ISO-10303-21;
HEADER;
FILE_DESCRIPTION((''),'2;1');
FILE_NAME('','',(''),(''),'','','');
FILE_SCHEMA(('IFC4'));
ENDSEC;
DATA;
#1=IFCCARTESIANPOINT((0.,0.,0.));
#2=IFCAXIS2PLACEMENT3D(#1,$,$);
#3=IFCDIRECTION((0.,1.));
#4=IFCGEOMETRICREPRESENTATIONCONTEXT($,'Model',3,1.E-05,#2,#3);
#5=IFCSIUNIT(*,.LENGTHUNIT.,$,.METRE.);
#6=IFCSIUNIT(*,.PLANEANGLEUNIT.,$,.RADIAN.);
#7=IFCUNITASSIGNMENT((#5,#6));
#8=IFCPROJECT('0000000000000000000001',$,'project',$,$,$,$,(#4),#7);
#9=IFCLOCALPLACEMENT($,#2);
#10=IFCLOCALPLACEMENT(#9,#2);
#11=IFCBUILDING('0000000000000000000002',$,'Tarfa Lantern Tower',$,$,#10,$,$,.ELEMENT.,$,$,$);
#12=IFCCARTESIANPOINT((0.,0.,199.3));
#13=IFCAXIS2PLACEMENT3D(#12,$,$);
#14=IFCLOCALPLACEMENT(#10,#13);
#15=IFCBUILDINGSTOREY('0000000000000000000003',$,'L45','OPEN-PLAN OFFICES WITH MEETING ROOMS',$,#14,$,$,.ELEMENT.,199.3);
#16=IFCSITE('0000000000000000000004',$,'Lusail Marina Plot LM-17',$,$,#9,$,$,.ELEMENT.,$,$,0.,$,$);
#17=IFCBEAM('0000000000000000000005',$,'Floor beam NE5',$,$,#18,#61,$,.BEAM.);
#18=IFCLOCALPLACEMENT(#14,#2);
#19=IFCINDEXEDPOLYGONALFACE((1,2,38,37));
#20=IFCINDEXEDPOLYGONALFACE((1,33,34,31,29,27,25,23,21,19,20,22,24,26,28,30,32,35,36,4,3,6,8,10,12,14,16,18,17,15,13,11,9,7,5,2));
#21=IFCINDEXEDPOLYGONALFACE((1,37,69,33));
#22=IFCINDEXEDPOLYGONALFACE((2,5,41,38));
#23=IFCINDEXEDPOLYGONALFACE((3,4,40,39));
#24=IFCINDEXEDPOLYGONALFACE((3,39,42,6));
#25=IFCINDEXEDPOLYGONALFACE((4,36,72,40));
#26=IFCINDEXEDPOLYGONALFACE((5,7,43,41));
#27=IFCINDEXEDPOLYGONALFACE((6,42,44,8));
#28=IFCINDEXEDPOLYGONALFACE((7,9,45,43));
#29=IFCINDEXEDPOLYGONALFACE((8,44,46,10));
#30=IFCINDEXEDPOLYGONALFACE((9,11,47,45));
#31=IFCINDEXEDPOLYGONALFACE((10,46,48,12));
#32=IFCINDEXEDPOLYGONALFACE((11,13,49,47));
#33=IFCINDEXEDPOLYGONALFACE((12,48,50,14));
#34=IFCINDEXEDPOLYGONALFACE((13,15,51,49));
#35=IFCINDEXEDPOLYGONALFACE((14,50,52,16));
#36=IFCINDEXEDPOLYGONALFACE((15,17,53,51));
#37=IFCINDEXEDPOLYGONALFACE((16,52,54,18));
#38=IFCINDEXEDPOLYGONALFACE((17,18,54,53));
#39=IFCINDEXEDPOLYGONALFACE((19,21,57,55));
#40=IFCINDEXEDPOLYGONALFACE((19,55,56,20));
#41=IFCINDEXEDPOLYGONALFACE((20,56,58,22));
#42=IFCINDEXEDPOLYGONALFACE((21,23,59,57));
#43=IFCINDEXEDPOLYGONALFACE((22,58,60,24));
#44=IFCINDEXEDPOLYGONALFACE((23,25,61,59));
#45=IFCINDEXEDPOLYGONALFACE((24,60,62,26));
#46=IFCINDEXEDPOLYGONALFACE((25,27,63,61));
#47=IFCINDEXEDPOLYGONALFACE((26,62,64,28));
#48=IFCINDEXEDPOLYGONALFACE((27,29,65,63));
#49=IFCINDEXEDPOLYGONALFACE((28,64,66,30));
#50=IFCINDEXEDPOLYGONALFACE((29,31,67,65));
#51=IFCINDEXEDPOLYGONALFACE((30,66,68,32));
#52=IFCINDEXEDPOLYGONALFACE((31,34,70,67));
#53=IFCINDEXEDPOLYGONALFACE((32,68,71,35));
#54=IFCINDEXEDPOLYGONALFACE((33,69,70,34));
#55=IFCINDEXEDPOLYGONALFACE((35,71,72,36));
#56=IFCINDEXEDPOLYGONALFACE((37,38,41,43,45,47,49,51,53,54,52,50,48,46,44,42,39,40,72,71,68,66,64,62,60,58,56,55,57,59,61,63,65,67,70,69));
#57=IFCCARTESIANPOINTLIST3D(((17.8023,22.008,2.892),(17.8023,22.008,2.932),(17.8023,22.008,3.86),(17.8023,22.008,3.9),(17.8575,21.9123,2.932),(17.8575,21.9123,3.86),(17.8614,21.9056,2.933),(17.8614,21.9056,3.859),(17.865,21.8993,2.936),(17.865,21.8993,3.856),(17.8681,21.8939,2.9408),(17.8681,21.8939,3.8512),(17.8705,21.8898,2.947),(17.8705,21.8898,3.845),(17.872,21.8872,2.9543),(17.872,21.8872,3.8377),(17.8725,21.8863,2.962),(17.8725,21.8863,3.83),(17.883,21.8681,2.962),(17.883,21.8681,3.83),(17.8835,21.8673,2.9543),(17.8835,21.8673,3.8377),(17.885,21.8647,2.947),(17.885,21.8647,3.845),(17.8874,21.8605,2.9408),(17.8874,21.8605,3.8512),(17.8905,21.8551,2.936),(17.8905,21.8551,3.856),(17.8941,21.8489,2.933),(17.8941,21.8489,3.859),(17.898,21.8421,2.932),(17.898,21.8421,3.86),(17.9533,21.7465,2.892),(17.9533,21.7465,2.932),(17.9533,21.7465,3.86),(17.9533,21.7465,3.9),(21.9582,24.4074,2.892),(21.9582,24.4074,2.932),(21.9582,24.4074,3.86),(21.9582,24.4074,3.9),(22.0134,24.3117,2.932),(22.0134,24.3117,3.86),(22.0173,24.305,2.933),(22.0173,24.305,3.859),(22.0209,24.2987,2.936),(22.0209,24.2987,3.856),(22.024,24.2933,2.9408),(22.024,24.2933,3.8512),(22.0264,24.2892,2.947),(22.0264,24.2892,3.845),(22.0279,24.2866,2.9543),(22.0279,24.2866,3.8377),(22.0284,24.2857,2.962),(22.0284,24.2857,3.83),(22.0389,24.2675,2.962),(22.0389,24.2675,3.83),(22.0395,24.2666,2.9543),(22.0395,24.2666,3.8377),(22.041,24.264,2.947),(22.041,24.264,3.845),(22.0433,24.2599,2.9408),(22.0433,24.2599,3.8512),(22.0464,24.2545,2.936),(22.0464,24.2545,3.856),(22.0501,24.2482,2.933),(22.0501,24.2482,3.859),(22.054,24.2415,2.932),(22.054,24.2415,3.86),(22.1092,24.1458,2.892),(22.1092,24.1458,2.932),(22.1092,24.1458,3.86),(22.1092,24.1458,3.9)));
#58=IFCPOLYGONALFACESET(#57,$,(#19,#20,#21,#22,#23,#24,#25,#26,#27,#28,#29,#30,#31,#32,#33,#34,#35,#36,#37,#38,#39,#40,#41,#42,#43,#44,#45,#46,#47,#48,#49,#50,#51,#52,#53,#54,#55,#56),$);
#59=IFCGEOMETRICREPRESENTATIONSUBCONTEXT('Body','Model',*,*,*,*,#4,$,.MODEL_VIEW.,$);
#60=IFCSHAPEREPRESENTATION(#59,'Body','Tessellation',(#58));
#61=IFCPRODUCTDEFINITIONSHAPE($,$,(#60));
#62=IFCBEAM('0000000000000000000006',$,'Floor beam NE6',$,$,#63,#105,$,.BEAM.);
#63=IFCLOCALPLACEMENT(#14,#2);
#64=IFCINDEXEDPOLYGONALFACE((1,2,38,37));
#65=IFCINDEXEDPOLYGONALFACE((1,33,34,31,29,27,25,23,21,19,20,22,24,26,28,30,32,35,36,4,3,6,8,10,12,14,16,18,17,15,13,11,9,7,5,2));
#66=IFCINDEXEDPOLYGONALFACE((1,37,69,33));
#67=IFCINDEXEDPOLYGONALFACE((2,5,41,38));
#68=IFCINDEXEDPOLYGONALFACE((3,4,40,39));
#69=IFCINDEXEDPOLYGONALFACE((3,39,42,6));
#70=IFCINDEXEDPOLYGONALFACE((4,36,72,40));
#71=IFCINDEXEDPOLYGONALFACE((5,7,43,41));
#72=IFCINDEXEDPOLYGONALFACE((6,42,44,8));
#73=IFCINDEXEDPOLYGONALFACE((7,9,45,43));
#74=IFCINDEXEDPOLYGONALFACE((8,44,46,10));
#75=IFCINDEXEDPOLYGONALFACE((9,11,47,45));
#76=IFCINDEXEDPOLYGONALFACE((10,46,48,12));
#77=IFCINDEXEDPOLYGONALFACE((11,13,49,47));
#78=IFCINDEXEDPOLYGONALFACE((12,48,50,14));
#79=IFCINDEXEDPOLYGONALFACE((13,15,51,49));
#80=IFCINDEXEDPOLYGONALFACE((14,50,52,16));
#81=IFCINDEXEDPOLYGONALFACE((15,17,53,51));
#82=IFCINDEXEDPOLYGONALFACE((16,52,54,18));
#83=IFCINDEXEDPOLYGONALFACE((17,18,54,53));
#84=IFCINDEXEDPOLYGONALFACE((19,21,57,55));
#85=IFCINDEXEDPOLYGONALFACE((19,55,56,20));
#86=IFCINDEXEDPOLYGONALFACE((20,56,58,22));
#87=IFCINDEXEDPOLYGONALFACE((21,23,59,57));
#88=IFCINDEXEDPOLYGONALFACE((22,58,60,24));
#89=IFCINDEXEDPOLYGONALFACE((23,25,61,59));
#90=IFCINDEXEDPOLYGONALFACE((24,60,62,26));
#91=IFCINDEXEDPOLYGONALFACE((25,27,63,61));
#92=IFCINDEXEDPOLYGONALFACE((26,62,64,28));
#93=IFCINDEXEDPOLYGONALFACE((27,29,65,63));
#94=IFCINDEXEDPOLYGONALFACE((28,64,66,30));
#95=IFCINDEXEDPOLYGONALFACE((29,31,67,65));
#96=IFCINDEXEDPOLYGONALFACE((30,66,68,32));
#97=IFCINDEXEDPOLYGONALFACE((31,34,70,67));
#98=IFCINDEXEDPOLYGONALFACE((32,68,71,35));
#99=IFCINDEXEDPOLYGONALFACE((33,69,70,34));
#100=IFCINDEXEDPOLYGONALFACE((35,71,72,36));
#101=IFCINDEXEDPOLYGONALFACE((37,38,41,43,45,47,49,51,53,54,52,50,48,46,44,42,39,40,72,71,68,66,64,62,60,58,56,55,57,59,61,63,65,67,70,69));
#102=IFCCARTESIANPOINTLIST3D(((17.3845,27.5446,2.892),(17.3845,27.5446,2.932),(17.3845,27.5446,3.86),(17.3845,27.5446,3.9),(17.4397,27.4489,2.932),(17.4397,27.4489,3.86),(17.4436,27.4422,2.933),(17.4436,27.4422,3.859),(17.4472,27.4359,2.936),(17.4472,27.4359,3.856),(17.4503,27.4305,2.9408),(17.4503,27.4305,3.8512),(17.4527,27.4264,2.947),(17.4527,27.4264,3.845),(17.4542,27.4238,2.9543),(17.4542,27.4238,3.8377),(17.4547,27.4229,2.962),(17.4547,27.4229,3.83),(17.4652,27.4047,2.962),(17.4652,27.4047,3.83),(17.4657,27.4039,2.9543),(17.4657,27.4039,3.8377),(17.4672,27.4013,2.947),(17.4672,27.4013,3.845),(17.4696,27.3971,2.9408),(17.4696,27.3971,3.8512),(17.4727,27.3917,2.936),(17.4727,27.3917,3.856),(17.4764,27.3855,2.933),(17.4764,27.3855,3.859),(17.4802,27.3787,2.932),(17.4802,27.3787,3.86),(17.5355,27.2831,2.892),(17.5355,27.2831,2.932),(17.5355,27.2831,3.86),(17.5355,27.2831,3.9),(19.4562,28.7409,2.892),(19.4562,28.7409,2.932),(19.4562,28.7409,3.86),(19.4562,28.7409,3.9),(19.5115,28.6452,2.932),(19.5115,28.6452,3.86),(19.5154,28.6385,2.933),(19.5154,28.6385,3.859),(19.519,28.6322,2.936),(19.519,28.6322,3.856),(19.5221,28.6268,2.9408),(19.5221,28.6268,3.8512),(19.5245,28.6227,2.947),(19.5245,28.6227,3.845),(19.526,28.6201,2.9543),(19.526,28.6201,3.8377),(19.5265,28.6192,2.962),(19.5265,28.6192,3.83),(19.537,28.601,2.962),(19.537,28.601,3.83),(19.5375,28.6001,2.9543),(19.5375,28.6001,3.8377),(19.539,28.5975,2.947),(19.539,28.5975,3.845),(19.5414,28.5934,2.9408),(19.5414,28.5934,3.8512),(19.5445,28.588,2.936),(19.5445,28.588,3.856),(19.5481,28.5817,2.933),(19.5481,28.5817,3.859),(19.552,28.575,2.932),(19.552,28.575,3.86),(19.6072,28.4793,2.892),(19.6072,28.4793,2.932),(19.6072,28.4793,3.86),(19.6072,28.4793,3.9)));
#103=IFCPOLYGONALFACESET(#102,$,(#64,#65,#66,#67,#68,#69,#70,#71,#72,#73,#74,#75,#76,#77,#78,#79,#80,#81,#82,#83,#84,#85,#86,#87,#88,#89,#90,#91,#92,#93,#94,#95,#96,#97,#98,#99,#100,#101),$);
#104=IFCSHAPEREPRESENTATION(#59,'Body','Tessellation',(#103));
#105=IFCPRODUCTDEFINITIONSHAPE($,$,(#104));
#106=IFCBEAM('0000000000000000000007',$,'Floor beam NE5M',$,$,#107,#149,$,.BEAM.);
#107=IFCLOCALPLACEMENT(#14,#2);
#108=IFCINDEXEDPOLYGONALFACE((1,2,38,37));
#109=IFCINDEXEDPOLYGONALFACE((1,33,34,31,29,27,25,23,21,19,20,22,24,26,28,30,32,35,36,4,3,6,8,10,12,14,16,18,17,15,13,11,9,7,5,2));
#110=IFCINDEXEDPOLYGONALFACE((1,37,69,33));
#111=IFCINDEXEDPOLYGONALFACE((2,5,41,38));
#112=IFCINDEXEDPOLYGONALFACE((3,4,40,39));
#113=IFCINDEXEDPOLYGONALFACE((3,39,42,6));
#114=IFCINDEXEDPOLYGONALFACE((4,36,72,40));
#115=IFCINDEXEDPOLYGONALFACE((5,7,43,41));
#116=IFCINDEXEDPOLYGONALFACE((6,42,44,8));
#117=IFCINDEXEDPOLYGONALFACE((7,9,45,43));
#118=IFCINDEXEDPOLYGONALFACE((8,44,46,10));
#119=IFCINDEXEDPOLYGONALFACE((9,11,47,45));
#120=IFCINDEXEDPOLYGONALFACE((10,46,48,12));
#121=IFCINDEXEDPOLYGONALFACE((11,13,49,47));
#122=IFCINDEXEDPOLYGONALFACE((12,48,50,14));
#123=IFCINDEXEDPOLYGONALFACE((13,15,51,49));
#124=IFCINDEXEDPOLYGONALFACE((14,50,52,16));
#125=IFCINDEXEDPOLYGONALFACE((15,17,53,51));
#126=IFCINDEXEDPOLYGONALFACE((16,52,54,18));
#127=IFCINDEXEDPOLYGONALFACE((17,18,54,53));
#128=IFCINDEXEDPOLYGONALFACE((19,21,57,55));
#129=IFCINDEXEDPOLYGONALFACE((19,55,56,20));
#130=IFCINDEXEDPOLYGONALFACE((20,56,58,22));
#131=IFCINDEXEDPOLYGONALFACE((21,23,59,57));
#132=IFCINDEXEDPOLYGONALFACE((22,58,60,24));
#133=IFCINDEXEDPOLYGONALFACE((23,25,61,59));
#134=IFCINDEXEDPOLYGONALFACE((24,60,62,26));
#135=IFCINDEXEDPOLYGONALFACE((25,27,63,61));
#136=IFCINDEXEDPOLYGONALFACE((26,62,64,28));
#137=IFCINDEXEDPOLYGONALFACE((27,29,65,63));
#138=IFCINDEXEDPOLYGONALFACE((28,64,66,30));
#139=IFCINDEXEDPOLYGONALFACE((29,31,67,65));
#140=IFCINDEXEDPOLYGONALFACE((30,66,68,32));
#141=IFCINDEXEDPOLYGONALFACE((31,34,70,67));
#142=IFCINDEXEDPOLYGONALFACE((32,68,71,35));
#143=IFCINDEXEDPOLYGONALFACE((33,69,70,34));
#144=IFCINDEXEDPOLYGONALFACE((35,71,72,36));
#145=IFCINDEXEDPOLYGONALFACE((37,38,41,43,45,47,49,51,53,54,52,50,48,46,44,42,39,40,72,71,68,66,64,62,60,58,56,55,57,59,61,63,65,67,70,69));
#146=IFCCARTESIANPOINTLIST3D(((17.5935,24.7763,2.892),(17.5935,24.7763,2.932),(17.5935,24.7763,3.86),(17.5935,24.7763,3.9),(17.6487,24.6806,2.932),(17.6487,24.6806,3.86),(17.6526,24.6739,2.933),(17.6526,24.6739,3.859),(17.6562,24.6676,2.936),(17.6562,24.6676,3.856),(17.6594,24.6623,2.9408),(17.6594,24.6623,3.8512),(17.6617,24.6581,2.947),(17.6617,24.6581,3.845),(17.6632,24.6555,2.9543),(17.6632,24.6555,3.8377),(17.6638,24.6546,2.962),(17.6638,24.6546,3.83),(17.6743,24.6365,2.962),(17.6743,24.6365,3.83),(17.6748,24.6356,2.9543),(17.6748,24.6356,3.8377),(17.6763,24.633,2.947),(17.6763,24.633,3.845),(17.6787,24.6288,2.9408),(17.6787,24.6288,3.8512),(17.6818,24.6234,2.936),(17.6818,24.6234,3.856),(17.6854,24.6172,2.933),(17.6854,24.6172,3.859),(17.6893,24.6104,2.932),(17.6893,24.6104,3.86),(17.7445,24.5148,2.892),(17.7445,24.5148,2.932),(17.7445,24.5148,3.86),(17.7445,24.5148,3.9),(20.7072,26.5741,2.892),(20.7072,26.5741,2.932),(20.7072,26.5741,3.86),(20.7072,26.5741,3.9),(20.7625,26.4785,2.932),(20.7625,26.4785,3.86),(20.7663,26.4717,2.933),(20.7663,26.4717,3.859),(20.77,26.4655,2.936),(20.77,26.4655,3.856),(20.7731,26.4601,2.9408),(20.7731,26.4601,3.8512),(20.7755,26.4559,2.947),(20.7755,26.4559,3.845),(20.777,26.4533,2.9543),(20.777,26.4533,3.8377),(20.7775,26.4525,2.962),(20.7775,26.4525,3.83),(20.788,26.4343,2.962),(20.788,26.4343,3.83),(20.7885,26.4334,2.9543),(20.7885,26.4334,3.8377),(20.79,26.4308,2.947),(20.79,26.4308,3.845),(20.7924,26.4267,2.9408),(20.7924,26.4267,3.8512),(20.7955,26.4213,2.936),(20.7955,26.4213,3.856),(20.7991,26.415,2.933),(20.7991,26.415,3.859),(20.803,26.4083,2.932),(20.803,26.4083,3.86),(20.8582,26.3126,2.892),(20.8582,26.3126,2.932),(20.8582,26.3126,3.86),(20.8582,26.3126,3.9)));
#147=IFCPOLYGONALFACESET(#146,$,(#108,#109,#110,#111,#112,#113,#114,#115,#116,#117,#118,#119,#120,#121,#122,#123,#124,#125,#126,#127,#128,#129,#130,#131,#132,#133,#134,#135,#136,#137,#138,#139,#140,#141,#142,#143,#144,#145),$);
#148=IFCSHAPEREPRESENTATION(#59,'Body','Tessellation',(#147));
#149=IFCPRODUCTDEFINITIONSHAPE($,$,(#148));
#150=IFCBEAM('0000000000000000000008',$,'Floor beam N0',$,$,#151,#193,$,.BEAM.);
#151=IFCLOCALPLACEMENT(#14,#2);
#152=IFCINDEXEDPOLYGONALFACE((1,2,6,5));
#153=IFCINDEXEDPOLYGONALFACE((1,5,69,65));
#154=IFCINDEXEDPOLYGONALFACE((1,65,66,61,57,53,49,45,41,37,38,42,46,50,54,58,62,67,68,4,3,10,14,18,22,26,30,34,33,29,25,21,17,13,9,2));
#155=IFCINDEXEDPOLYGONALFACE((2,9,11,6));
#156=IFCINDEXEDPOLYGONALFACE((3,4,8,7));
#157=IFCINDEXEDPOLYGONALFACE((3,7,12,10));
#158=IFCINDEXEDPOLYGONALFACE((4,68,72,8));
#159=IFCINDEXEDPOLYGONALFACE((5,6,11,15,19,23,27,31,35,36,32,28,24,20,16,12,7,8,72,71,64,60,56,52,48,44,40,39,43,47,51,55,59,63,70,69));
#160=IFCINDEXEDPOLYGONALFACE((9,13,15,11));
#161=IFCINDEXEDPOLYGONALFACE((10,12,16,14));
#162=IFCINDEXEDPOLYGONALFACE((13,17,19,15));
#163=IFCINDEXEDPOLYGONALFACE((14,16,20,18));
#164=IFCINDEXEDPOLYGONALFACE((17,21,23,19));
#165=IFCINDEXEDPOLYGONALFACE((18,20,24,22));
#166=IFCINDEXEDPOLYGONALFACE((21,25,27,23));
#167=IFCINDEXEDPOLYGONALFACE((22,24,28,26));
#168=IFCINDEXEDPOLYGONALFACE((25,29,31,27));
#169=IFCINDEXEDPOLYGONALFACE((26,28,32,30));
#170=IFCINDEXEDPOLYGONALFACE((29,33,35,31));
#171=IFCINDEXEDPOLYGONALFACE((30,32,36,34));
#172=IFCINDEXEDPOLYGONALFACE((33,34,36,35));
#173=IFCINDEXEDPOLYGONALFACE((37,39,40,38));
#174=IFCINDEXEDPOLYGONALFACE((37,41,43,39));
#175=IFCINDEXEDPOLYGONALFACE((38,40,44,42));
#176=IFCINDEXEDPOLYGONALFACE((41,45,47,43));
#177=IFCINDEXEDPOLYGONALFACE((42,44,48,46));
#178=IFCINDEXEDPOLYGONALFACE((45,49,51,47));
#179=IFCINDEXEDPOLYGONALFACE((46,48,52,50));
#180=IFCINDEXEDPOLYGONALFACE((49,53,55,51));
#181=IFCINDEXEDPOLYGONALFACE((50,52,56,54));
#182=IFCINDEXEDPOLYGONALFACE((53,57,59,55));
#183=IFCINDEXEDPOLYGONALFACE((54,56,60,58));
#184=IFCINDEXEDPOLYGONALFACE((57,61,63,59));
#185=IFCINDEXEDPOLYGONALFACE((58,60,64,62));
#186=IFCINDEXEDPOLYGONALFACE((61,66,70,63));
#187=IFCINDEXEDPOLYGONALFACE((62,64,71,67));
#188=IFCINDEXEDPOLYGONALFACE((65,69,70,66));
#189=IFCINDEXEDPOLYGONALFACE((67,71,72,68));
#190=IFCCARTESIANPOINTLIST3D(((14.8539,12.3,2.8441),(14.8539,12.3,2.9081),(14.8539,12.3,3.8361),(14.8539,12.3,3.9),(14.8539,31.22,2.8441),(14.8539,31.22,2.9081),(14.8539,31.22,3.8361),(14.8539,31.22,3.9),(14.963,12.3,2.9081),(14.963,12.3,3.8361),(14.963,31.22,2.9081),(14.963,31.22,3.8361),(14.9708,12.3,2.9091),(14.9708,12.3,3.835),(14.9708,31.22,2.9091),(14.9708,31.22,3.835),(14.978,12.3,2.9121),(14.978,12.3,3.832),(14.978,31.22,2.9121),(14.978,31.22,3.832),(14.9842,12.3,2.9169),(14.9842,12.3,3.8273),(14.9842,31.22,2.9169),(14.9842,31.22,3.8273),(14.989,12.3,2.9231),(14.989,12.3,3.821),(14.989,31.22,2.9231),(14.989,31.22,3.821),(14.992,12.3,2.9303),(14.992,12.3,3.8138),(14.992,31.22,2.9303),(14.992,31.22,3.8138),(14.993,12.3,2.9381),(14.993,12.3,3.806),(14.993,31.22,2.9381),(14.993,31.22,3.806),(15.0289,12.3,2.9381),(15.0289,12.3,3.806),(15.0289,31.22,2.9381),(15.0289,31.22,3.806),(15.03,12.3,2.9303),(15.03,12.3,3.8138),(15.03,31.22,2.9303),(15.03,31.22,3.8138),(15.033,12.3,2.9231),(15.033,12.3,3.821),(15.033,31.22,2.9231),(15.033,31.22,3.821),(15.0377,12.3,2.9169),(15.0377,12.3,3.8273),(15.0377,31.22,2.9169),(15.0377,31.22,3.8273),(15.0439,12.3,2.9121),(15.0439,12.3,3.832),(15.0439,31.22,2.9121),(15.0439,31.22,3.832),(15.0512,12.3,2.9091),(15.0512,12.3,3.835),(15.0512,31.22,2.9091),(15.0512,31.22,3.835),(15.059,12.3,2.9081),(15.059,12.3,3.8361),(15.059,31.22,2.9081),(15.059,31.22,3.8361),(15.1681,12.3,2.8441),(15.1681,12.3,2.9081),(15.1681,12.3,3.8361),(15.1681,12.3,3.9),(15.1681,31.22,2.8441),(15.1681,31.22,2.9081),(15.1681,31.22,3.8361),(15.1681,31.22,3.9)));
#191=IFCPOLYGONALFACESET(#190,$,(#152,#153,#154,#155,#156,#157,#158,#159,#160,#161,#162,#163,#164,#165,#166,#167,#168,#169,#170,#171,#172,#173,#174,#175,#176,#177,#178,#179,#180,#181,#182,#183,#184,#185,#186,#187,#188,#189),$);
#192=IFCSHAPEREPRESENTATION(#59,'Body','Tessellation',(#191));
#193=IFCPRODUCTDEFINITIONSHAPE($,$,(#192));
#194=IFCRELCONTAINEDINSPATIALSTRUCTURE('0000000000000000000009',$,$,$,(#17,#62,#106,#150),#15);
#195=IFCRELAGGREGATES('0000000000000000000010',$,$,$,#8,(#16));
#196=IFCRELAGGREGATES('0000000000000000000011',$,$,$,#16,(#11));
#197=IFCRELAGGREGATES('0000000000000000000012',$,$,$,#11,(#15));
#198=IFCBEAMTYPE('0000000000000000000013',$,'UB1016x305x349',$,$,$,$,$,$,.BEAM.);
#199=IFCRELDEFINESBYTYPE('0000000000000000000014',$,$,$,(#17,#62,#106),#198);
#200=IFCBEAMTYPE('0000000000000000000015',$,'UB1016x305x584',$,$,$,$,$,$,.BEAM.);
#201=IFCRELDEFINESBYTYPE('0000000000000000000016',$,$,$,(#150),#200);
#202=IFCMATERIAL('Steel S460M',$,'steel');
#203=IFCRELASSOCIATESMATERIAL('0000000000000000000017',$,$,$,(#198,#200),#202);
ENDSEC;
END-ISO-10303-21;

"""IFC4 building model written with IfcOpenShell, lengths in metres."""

from ifc_helpers import new_model, si_unit, direction, frame, origin, origin_2d, place, context, subcontext, project, spatial, i_section, extrude, material, material_profile, profile_set, type_object, element, save


model = new_model("IFC4")

# Units and contexts
model_context = context("Model", 3, precision=1e-05, world=origin(), true_north=direction((0.0, 1.0)))
body_context = subcontext(model_context, "Body", "Model", "MODEL_VIEW")
ifc_project = project(units=[si_unit("LENGTHUNIT", "METRE"), si_unit("PLANEANGLEUNIT", "RADIAN")], contexts=[model_context])

# Site, building, storey
site_placement = place(None, origin())
site = spatial("IfcSite", under=ifc_project, at=site_placement, Name="Lusail Marina Plot LM-17", CompositionType="ELEMENT", RefElevation=0.0)
building_placement = place(site_placement, origin())
building = spatial("IfcBuilding", under=site, at=building_placement, Name="Tarfa Lantern Tower", CompositionType="ELEMENT")
storey_placement = place(building_placement, frame((0.0, 0.0, 199.3)))
storey = spatial("IfcBuildingStorey", under=building, at=storey_placement, Name="L45", Description="OPEN-PLAN OFFICES WITH MEETING ROOMS", CompositionType="ELEMENT", Elevation=199.3)

# Beams
ifc_material_1 = material(Name="Steel S460M", Category="steel")
ifc_material_profile_1 = material_profile(ifc_material_1, i_section(OverallWidth=0.302, OverallDepth=1.0081, WebThickness=0.021, FlangeThickness=0.04, FilletRadius=0.03, at=origin_2d()), Name="UB1016x305x349")
ifc_profile_set_1 = profile_set([ifc_material_profile_1], Name="Steel S460M")
beam_type_1 = type_object("IfcBeamType", Name="UB1016x305x349", PredefinedType="BEAM", material=ifc_profile_set_1)
beam_1_placement = place(storey_placement, frame((22.0337, 24.2766, 3.396), z_axis=(-0.866031, -0.499991, 0.0), x_axis=(0.499991, -0.866031, 0.0)))
element("IfcBeam", 1, at=beam_1_placement, inside=storey, type_object=beam_type_1, Name="Floor beam NE5", PredefinedType="BEAM", context=body_context, shape_type="SweptSolid", body=[
    extrude(i_section(OverallWidth=0.302, OverallDepth=1.0081, WebThickness=0.021, FlangeThickness=0.04, FilletRadius=0.03, at=origin_2d()), origin(), (0.0, 0.0, 1.0), 4.7988),
])
beam_2_placement = place(storey_placement, frame((19.5317, 28.6101, 3.396), z_axis=(-0.865999, -0.500046, 0.0), x_axis=(0.500046, -0.865999, 0.0)))
element("IfcBeam", 2, at=beam_2_placement, inside=storey, type_object=beam_type_1, Name="Floor beam NE6", PredefinedType="BEAM", context=body_context, shape_type="SweptSolid", body=[
    extrude(i_section(OverallWidth=0.302, OverallDepth=1.0081, WebThickness=0.021, FlangeThickness=0.04, FilletRadius=0.03, at=origin_2d()), origin(), (0.0, 0.0, 1.0), 2.3923),
])
beam_3_placement = place(storey_placement, frame((20.7827, 26.4434, 3.396), z_axis=(-0.866011, -0.500024, 0.0), x_axis=(0.500024, -0.866011, 0.0)))
element("IfcBeam", 3, at=beam_3_placement, inside=storey, type_object=beam_type_1, Name="Floor beam NE5M", PredefinedType="BEAM", context=body_context, shape_type="SweptSolid", body=[
    extrude(i_section(OverallWidth=0.302, OverallDepth=1.0081, WebThickness=0.021, FlangeThickness=0.04, FilletRadius=0.03, at=origin_2d()), origin(), (0.0, 0.0, 1.0), 3.5955),
])
ifc_material_profile_2 = material_profile(ifc_material_1, i_section(OverallWidth=0.3142, OverallDepth=1.0559, WebThickness=0.0359, FlangeThickness=0.064, FilletRadius=0.03, at=origin_2d()), Name="UB1016x305x584")
ifc_profile_set_2 = profile_set([ifc_material_profile_2], Name="Steel S460M")
beam_type_2 = type_object("IfcBeamType", Name="UB1016x305x584", PredefinedType="BEAM", material=ifc_profile_set_2)
for number, where, z_axis, x_axis, name in (
    (4, (15.011, 31.22, 3.3721), (0.0, -1.0, 0.0), (1.0, 0.0, 0.0), "Floor beam N0"),
):
    element("IfcBeam", number, at=place(storey_placement, frame(where, z_axis=z_axis, x_axis=x_axis)), inside=storey, type_object=beam_type_2, Name=name, PredefinedType="BEAM", context=body_context, shape_type="SweptSolid", body=[
        extrude(i_section(OverallWidth=0.3142, OverallDepth=1.0559, WebThickness=0.0359, FlangeThickness=0.064, FilletRadius=0.03, at=origin_2d()), origin(), (0.0, 0.0, 1.0), 18.9199),
    ])

save(model, "model.ifc")
